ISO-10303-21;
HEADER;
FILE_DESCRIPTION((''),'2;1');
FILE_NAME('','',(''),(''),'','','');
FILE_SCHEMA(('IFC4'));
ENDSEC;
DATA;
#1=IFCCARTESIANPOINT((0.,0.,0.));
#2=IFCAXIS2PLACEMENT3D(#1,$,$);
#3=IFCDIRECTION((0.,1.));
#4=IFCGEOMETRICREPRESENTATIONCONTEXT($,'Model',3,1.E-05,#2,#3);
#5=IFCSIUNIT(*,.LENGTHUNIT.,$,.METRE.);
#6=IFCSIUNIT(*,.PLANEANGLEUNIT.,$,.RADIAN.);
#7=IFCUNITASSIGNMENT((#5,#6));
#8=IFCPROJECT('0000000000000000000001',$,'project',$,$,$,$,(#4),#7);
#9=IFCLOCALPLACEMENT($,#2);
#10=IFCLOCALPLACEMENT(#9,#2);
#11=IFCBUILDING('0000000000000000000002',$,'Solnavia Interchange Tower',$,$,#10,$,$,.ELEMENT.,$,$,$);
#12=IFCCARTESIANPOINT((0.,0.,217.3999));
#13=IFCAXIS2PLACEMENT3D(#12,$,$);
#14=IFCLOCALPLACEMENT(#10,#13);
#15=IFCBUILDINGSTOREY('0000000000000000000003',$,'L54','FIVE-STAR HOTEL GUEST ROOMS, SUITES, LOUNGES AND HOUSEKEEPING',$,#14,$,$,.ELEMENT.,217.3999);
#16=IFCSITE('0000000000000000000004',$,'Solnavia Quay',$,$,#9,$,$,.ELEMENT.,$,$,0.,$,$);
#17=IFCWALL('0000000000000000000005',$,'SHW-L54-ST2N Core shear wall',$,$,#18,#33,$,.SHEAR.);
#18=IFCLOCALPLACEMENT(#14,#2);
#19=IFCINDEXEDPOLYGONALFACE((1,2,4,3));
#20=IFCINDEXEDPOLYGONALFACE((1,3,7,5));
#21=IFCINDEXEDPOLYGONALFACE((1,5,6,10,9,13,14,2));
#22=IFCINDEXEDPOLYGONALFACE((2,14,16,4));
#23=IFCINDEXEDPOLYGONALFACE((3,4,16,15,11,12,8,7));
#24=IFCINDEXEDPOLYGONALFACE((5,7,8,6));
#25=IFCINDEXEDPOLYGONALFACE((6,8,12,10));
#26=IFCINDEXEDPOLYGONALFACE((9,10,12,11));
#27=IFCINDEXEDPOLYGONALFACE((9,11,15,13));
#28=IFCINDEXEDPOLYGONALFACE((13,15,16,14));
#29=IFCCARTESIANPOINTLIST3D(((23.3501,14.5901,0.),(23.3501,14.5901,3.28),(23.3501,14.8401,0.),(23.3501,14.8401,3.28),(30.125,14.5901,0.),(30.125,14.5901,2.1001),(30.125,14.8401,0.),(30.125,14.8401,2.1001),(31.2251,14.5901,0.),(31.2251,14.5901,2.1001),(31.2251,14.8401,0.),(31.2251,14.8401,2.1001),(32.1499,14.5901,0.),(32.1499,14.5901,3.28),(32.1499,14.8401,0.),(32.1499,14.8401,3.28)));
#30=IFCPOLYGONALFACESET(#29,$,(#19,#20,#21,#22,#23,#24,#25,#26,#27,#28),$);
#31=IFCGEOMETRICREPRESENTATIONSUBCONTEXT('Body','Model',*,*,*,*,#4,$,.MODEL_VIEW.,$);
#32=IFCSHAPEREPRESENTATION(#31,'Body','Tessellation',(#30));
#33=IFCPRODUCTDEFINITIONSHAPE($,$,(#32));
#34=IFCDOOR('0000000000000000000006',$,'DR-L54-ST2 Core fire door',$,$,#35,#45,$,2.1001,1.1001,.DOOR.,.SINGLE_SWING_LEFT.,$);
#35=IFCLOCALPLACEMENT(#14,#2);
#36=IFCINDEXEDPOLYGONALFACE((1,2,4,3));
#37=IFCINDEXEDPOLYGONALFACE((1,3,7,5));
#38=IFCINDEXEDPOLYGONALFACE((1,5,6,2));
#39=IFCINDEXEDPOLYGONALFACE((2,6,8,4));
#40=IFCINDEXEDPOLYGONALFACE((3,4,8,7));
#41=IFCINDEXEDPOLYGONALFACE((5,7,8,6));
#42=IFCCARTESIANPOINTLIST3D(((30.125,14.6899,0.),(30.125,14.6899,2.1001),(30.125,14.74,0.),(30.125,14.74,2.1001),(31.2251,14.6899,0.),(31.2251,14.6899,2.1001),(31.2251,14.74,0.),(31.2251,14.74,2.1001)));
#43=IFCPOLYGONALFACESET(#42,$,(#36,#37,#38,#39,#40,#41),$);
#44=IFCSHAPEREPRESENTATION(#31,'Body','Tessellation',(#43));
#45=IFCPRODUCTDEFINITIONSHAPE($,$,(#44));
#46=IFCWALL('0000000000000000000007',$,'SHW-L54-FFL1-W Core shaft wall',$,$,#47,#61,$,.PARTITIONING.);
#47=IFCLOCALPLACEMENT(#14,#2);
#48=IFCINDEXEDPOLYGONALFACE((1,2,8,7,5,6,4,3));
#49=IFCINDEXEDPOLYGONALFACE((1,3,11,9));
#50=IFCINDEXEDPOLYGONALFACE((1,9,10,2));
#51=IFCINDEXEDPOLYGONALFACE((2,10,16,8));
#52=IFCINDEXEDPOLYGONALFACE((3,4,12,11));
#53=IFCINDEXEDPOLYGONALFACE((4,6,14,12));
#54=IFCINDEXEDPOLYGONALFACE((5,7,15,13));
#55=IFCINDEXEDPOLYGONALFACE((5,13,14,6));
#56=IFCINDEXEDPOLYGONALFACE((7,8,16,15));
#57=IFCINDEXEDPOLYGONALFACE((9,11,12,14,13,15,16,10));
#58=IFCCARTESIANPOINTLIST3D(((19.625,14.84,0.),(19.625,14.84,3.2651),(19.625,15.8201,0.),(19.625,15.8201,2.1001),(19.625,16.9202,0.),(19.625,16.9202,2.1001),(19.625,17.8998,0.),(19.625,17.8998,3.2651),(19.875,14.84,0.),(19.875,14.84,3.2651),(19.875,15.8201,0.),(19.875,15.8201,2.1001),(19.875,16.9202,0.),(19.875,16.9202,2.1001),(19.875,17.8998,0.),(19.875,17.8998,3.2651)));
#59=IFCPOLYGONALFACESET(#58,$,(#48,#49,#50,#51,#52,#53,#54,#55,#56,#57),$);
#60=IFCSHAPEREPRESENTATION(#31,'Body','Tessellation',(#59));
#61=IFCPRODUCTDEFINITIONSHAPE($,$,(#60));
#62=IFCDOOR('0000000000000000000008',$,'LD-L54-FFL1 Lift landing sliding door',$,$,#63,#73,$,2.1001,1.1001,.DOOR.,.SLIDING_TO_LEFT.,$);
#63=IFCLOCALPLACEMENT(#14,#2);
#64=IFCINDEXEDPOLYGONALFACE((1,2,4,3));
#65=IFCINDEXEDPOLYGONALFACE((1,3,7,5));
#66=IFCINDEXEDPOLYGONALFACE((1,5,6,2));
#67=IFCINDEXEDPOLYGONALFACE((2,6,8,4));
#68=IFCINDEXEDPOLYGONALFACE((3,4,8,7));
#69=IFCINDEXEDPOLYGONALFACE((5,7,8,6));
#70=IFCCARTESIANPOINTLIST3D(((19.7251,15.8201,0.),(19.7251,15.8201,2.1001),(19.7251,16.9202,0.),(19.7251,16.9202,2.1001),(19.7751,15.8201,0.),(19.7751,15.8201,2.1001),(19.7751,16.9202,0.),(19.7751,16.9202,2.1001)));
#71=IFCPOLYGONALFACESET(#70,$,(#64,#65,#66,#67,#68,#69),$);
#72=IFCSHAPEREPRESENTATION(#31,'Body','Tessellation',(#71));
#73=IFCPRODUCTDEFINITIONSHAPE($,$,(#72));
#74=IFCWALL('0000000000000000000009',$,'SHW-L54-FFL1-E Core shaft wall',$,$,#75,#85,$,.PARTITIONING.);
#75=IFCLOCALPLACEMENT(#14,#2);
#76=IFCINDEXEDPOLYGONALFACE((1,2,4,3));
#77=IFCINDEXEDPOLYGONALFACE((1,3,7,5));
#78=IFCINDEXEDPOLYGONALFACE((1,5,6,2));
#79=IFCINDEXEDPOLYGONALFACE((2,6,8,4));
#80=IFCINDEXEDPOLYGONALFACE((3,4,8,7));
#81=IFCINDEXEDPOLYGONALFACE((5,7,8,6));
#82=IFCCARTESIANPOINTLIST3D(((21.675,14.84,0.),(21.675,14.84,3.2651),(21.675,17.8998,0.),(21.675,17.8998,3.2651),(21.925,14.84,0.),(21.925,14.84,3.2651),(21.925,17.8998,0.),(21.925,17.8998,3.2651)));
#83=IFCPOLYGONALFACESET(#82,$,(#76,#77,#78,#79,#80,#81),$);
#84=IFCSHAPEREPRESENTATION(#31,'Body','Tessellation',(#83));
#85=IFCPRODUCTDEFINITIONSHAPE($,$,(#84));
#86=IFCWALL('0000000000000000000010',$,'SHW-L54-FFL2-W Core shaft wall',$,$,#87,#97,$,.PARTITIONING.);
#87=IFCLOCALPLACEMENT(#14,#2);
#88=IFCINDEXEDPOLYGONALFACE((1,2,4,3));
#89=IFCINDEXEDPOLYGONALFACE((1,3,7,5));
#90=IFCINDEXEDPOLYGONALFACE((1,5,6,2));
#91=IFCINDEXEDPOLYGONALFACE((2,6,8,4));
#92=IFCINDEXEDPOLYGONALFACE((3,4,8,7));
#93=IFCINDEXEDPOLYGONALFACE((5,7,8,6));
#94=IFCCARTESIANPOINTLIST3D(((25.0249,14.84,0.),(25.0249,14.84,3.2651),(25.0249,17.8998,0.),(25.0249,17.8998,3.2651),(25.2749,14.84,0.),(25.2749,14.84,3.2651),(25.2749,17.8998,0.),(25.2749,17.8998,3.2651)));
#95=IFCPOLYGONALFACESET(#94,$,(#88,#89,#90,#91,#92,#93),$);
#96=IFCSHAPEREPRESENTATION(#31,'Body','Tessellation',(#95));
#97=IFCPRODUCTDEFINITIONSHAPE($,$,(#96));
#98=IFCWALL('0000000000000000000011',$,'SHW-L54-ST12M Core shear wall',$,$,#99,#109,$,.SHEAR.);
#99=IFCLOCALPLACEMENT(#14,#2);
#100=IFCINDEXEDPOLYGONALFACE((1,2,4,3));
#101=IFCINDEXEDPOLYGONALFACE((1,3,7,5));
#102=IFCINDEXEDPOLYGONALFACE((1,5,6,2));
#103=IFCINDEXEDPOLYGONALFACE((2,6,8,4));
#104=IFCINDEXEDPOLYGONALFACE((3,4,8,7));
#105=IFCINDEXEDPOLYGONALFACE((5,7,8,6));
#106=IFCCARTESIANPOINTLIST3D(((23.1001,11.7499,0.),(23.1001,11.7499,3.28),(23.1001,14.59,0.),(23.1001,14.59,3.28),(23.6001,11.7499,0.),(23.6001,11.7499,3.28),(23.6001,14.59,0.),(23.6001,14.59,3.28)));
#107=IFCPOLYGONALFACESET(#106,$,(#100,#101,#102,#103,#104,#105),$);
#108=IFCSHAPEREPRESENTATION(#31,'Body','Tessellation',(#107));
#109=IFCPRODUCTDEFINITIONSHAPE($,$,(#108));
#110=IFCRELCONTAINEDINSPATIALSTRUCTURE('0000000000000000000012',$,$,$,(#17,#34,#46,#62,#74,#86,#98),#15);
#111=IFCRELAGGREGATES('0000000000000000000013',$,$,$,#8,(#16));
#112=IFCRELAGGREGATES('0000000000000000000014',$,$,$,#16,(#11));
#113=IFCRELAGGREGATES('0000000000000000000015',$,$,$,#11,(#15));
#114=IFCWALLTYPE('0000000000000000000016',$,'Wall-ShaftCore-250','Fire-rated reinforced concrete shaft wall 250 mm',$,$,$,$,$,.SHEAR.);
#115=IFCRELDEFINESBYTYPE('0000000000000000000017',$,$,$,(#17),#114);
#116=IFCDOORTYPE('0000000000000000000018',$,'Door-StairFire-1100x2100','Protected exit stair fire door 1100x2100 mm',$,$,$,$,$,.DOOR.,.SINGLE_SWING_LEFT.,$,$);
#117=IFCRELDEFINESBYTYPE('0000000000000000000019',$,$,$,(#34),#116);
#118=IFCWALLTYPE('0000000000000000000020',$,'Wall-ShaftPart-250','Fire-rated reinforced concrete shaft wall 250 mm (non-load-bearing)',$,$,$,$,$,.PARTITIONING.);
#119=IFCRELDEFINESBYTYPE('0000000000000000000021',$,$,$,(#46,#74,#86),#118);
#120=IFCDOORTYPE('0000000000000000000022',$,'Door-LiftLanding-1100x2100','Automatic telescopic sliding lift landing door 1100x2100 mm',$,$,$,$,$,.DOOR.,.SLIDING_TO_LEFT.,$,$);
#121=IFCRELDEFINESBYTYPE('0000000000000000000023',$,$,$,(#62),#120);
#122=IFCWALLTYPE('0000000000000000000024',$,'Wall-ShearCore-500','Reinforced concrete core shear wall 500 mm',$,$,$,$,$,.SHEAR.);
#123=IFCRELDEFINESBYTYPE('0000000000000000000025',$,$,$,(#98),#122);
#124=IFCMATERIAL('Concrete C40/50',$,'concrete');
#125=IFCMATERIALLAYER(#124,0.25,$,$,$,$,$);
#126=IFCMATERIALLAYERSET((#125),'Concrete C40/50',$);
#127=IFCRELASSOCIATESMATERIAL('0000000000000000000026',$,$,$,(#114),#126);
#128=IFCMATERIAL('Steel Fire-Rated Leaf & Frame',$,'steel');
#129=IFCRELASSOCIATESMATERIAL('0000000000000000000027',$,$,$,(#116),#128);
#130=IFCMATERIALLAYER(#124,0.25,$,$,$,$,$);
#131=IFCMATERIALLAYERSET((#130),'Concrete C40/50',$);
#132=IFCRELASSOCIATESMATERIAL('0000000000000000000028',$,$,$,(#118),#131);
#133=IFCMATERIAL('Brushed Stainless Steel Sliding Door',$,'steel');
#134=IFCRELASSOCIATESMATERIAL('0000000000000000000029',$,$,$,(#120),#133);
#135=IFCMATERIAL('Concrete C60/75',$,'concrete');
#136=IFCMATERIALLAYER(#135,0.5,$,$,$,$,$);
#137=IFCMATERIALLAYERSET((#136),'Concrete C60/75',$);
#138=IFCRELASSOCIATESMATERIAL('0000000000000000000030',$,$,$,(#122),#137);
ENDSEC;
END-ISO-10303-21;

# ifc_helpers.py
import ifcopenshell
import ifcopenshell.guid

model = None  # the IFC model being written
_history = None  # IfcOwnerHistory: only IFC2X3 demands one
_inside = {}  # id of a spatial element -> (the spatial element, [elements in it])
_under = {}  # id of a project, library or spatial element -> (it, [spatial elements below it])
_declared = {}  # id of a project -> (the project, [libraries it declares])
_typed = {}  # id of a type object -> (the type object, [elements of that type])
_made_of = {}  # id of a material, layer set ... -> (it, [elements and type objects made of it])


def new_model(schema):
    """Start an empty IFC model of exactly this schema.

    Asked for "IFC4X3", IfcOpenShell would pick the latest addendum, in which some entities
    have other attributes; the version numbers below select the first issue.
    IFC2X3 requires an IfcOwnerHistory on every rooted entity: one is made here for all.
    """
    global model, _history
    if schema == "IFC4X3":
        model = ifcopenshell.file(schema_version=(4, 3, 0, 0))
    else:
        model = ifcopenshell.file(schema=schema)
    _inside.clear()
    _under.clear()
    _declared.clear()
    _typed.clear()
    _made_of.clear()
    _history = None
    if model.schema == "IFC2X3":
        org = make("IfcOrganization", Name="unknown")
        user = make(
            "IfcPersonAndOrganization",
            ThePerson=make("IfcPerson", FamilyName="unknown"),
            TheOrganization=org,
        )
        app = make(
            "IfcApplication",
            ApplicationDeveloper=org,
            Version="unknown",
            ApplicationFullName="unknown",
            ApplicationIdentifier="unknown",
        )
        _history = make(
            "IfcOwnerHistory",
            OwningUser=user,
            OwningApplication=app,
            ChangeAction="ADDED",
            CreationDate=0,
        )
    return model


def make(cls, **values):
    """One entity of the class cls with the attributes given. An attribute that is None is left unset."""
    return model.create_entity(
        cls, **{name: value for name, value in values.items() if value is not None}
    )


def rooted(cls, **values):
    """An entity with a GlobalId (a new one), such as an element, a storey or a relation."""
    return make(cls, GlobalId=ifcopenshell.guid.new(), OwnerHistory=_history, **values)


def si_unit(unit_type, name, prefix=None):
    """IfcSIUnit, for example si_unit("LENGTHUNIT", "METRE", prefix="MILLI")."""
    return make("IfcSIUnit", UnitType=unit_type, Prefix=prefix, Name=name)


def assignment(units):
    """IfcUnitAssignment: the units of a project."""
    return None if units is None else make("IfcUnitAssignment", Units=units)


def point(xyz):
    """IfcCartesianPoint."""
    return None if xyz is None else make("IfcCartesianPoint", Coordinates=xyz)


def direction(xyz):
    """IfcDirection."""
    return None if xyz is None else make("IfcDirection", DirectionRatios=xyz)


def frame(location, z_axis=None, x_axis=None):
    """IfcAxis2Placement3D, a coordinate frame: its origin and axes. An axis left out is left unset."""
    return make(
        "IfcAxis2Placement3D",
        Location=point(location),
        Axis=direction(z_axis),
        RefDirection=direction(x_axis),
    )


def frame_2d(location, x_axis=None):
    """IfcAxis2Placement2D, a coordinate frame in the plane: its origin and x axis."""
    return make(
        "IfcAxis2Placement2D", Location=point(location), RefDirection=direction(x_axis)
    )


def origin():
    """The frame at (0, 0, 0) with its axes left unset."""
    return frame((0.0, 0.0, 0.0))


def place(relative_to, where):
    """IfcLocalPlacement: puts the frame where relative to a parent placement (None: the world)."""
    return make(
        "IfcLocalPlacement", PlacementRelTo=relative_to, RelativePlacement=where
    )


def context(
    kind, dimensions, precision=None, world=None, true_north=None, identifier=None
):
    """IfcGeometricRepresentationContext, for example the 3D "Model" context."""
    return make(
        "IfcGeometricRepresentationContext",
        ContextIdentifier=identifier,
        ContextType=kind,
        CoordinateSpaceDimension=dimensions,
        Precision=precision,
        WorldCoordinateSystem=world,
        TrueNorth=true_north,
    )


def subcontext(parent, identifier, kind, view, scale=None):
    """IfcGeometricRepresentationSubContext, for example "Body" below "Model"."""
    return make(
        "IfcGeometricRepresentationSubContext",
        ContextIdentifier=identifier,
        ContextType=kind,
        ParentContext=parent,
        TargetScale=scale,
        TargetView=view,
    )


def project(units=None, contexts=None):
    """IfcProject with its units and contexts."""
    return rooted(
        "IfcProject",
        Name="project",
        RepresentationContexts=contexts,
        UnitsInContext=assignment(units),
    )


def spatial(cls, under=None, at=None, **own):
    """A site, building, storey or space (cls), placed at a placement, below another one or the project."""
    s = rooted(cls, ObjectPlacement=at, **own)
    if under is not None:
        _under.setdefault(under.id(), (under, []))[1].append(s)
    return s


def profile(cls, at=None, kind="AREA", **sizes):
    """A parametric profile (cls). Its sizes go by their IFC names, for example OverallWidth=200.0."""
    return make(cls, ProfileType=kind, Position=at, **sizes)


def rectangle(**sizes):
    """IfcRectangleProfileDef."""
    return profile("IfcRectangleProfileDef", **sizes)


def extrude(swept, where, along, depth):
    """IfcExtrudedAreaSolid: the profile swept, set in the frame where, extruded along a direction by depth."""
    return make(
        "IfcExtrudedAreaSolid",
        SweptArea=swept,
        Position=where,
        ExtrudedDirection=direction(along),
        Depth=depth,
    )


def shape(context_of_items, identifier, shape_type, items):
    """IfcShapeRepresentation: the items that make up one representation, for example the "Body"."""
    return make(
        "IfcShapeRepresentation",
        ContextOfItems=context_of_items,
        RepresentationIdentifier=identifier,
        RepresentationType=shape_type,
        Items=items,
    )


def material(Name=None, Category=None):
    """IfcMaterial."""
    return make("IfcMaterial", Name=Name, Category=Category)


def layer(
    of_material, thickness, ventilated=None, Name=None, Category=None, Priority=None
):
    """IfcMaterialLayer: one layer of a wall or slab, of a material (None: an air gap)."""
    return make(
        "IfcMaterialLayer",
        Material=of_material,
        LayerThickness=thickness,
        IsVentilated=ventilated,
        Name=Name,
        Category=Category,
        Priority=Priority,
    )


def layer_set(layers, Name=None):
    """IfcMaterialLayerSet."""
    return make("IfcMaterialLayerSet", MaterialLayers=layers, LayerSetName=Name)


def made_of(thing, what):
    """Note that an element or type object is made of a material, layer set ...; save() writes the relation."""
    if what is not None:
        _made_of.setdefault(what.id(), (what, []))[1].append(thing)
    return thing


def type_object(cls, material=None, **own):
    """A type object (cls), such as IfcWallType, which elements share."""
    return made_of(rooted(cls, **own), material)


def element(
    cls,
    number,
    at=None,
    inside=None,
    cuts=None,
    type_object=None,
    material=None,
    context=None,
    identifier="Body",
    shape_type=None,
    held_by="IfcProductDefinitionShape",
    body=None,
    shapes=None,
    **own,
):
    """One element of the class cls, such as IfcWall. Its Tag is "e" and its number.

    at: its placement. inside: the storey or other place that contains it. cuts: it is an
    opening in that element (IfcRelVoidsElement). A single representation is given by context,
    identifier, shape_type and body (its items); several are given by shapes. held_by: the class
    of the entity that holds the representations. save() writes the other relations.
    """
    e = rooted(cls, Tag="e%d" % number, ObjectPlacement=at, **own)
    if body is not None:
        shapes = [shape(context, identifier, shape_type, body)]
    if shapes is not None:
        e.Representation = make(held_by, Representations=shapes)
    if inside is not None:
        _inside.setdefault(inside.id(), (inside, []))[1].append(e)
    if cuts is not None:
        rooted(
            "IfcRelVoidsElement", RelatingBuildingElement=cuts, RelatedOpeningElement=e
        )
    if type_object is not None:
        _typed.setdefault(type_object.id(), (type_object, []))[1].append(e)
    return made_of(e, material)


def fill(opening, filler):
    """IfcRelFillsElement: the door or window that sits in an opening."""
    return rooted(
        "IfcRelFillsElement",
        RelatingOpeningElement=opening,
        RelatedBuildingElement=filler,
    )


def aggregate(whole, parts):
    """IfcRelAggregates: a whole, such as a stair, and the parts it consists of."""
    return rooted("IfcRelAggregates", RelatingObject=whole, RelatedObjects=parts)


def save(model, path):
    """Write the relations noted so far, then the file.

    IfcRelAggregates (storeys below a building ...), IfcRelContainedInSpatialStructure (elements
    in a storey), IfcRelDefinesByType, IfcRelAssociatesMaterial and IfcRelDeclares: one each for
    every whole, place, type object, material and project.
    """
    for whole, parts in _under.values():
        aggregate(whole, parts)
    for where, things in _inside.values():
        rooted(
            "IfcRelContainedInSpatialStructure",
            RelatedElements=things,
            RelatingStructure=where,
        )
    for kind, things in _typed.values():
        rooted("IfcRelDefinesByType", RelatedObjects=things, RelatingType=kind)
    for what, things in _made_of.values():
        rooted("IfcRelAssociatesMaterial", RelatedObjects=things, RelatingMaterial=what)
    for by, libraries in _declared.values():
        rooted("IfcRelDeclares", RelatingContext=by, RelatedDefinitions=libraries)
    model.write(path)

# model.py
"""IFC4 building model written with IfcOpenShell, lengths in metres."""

from ifc_helpers import new_model, si_unit, direction, frame, frame_2d, origin, place, context, subcontext, project, spatial, rectangle, extrude, material, layer, layer_set, type_object, element, fill, save


model = new_model("IFC4")

# Units and contexts
model_context = context("Model", 3, precision=1e-05, world=origin(), true_north=direction((0.0, 1.0)))
body_context = subcontext(model_context, "Body", "Model", "MODEL_VIEW")
ifc_project = project(units=[si_unit("LENGTHUNIT", "METRE"), si_unit("PLANEANGLEUNIT", "RADIAN")], contexts=[model_context])

# Site, building, storey
site_placement = place(None, origin())
site = spatial("IfcSite", under=ifc_project, at=site_placement, Name="Solnavia Quay", CompositionType="ELEMENT", RefElevation=0.0)
building_placement = place(site_placement, origin())
building = spatial("IfcBuilding", under=site, at=building_placement, Name="Solnavia Interchange Tower", CompositionType="ELEMENT")
storey_placement = place(building_placement, frame((0.0, 0.0, 217.3999)))
storey = spatial("IfcBuildingStorey", under=building, at=storey_placement, Name="L54", Description="FIVE-STAR HOTEL GUEST ROOMS, SUITES, LOUNGES AND HOUSEKEEPING", CompositionType="ELEMENT", Elevation=217.3999)

# Shared definitions
ifc_material_1 = material(Name="Concrete C40/50", Category="concrete")

# Shared definitions
ifc_layer_1 = layer(ifc_material_1, 0.25)
ifc_layer_set_1 = layer_set([ifc_layer_1], Name="Concrete C40/50")
wall_type_1 = type_object("IfcWallType", Name="Wall-ShaftCore-250", Description="Fire-rated reinforced concrete shaft wall 250 mm", PredefinedType="SHEAR", material=ifc_layer_set_1)

# Walls, openings, doors
wall_1_placement = place(storey_placement, frame((23.3501, 14.7151, 0.0), z_axis=(0.0, 0.0, 1.0), x_axis=(1.0, 0.0, 0.0)))
wall_1 = element("IfcWall", 1, at=wall_1_placement, inside=storey, type_object=wall_type_1, Name="SHW-L54-ST2N Core shear wall", PredefinedType="SHEAR", context=body_context, shape_type="SweptSolid", body=[
    extrude(rectangle(XDim=8.7998, YDim=0.25, at=frame_2d((4.3999, 0.0))), origin(), (0.0, 0.0, 1.0), 3.28),
])
opening_1_placement = place(wall_1_placement, frame((6.7749, 0.0, 0.0)))
opening_1 = element("IfcOpeningElement", 2, at=opening_1_placement, cuts=wall_1, PredefinedType="OPENING", context=body_context, shape_type="SweptSolid", body=[
    extrude(rectangle(XDim=1.1001, YDim=2.1001, at=frame_2d((0.55, 1.05))), frame((0.0, 0.135, 0.0), z_axis=(0.0, -1.0, 0.0), x_axis=(1.0, 0.0, 0.0)), (0.0, 0.0, 1.0), 0.27),
])
ifc_material_2 = material(Name="Steel Fire-Rated Leaf & Frame", Category="steel")
door_type_1 = type_object("IfcDoorType", Name="Door-StairFire-1100x2100", Description="Protected exit stair fire door 1100x2100 mm", OperationType="SINGLE_SWING_LEFT", PredefinedType="DOOR", material=ifc_material_2)
door_1_placement = place(opening_1_placement, origin())
door_1 = element("IfcDoor", 3, at=door_1_placement, inside=storey, type_object=door_type_1, Name="DR-L54-ST2 Core fire door", OperationType="SINGLE_SWING_LEFT", OverallHeight=2.1001, OverallWidth=1.1001, PredefinedType="DOOR", context=body_context, shape_type="SweptSolid", body=[
    extrude(rectangle(XDim=1.1001, YDim=2.1001, at=frame_2d((0.55, 1.05))), frame((0.0, 0.0249, 0.0), z_axis=(0.0, -1.0, 0.0), x_axis=(1.0, 0.0, 0.0)), (0.0, 0.0, 1.0), 0.05),
])
fill(opening_1, door_1)
ifc_layer_2 = layer(ifc_material_1, 0.25)
ifc_layer_set_2 = layer_set([ifc_layer_2], Name="Concrete C40/50")
wall_type_2 = type_object("IfcWallType", Name="Wall-ShaftPart-250", Description="Fire-rated reinforced concrete shaft wall 250 mm (non-load-bearing)", PredefinedType="PARTITIONING", material=ifc_layer_set_2)
wall_2_placement = place(storey_placement, frame((19.75, 14.8401, 0.0), z_axis=(0.0, 0.0, 1.0), x_axis=(0.0, 1.0, 0.0)))
wall_2 = element("IfcWall", 4, at=wall_2_placement, inside=storey, type_object=wall_type_2, Name="SHW-L54-FFL1-W Core shaft wall", PredefinedType="PARTITIONING", context=body_context, shape_type="SweptSolid", body=[
    extrude(rectangle(XDim=3.0598, YDim=0.25, at=frame_2d((1.5298, 0.0))), origin(), (0.0, 0.0, 1.0), 3.2651),
])
opening_2_placement = place(wall_2_placement, frame((0.98, 0.0, 0.0)))
opening_2 = element("IfcOpeningElement", 5, at=opening_2_placement, cuts=wall_2, PredefinedType="OPENING", context=body_context, shape_type="SweptSolid", body=[
    extrude(rectangle(XDim=1.1001, YDim=2.1001, at=frame_2d((0.55, 1.05))), frame((0.0, 0.135, 0.0), z_axis=(0.0, -1.0, 0.0), x_axis=(1.0, 0.0, 0.0)), (0.0, 0.0, 1.0), 0.27),
])
ifc_material_3 = material(Name="Brushed Stainless Steel Sliding Door", Category="steel")
door_type_2 = type_object("IfcDoorType", Name="Door-LiftLanding-1100x2100", Description="Automatic telescopic sliding lift landing door 1100x2100 mm", OperationType="SLIDING_TO_LEFT", PredefinedType="DOOR", material=ifc_material_3)
door_2_placement = place(opening_2_placement, origin())
door_2 = element("IfcDoor", 6, at=door_2_placement, inside=storey, type_object=door_type_2, Name="LD-L54-FFL1 Lift landing sliding door", OperationType="SLIDING_TO_LEFT", OverallHeight=2.1001, OverallWidth=1.1001, PredefinedType="DOOR", context=body_context, shape_type="SweptSolid", body=[
    extrude(rectangle(XDim=1.1001, YDim=2.1001, at=frame_2d((0.55, 1.05))), frame((0.0, 0.0249, 0.0), z_axis=(0.0, -1.0, 0.0), x_axis=(1.0, 0.0, 0.0)), (0.0, 0.0, 1.0), 0.05),
])
fill(opening_2, door_2)

# Walls
for number, where, z_axis, x_axis, name in (
    (7, (21.8, 14.8401, 0.0), (0.0, 0.0, 1.0), (0.0, 1.0, 0.0), "SHW-L54-FFL1-E Core shaft wall"),
    (8, (25.1499, 14.8401, 0.0), (0.0, 0.0, 1.0), (0.0, 1.0, 0.0), "SHW-L54-FFL2-W Core shaft wall"),
):
    element("IfcWall", number, at=place(storey_placement, frame(where, z_axis=z_axis, x_axis=x_axis)), inside=storey, type_object=wall_type_2, Name=name, PredefinedType="PARTITIONING", context=body_context, shape_type="SweptSolid", body=[
        extrude(rectangle(XDim=3.0598, YDim=0.25, at=frame_2d((1.5298, 0.0))), origin(), (0.0, 0.0, 1.0), 3.2651),
    ])
ifc_material_4 = material(Name="Concrete C60/75", Category="concrete")
ifc_layer_3 = layer(ifc_material_4, 0.5)
ifc_layer_set_3 = layer_set([ifc_layer_3], Name="Concrete C60/75")
wall_type_3 = type_object("IfcWallType", Name="Wall-ShearCore-500", Description="Reinforced concrete core shear wall 500 mm", PredefinedType="SHEAR", material=ifc_layer_set_3)
wall_3_placement = place(storey_placement, frame((23.3501, 11.75, 0.0), z_axis=(0.0, 0.0, 1.0), x_axis=(0.0, 1.0, 0.0)))
element("IfcWall", 9, at=wall_3_placement, inside=storey, type_object=wall_type_3, Name="SHW-L54-ST12M Core shear wall", PredefinedType="SHEAR", context=body_context, shape_type="SweptSolid", body=[
    extrude(rectangle(XDim=2.8401, YDim=0.5, at=frame_2d((1.4199, 0.0))), origin(), (0.0, 0.0, 1.0), 3.28),
])

save(model, "model.ifc")
